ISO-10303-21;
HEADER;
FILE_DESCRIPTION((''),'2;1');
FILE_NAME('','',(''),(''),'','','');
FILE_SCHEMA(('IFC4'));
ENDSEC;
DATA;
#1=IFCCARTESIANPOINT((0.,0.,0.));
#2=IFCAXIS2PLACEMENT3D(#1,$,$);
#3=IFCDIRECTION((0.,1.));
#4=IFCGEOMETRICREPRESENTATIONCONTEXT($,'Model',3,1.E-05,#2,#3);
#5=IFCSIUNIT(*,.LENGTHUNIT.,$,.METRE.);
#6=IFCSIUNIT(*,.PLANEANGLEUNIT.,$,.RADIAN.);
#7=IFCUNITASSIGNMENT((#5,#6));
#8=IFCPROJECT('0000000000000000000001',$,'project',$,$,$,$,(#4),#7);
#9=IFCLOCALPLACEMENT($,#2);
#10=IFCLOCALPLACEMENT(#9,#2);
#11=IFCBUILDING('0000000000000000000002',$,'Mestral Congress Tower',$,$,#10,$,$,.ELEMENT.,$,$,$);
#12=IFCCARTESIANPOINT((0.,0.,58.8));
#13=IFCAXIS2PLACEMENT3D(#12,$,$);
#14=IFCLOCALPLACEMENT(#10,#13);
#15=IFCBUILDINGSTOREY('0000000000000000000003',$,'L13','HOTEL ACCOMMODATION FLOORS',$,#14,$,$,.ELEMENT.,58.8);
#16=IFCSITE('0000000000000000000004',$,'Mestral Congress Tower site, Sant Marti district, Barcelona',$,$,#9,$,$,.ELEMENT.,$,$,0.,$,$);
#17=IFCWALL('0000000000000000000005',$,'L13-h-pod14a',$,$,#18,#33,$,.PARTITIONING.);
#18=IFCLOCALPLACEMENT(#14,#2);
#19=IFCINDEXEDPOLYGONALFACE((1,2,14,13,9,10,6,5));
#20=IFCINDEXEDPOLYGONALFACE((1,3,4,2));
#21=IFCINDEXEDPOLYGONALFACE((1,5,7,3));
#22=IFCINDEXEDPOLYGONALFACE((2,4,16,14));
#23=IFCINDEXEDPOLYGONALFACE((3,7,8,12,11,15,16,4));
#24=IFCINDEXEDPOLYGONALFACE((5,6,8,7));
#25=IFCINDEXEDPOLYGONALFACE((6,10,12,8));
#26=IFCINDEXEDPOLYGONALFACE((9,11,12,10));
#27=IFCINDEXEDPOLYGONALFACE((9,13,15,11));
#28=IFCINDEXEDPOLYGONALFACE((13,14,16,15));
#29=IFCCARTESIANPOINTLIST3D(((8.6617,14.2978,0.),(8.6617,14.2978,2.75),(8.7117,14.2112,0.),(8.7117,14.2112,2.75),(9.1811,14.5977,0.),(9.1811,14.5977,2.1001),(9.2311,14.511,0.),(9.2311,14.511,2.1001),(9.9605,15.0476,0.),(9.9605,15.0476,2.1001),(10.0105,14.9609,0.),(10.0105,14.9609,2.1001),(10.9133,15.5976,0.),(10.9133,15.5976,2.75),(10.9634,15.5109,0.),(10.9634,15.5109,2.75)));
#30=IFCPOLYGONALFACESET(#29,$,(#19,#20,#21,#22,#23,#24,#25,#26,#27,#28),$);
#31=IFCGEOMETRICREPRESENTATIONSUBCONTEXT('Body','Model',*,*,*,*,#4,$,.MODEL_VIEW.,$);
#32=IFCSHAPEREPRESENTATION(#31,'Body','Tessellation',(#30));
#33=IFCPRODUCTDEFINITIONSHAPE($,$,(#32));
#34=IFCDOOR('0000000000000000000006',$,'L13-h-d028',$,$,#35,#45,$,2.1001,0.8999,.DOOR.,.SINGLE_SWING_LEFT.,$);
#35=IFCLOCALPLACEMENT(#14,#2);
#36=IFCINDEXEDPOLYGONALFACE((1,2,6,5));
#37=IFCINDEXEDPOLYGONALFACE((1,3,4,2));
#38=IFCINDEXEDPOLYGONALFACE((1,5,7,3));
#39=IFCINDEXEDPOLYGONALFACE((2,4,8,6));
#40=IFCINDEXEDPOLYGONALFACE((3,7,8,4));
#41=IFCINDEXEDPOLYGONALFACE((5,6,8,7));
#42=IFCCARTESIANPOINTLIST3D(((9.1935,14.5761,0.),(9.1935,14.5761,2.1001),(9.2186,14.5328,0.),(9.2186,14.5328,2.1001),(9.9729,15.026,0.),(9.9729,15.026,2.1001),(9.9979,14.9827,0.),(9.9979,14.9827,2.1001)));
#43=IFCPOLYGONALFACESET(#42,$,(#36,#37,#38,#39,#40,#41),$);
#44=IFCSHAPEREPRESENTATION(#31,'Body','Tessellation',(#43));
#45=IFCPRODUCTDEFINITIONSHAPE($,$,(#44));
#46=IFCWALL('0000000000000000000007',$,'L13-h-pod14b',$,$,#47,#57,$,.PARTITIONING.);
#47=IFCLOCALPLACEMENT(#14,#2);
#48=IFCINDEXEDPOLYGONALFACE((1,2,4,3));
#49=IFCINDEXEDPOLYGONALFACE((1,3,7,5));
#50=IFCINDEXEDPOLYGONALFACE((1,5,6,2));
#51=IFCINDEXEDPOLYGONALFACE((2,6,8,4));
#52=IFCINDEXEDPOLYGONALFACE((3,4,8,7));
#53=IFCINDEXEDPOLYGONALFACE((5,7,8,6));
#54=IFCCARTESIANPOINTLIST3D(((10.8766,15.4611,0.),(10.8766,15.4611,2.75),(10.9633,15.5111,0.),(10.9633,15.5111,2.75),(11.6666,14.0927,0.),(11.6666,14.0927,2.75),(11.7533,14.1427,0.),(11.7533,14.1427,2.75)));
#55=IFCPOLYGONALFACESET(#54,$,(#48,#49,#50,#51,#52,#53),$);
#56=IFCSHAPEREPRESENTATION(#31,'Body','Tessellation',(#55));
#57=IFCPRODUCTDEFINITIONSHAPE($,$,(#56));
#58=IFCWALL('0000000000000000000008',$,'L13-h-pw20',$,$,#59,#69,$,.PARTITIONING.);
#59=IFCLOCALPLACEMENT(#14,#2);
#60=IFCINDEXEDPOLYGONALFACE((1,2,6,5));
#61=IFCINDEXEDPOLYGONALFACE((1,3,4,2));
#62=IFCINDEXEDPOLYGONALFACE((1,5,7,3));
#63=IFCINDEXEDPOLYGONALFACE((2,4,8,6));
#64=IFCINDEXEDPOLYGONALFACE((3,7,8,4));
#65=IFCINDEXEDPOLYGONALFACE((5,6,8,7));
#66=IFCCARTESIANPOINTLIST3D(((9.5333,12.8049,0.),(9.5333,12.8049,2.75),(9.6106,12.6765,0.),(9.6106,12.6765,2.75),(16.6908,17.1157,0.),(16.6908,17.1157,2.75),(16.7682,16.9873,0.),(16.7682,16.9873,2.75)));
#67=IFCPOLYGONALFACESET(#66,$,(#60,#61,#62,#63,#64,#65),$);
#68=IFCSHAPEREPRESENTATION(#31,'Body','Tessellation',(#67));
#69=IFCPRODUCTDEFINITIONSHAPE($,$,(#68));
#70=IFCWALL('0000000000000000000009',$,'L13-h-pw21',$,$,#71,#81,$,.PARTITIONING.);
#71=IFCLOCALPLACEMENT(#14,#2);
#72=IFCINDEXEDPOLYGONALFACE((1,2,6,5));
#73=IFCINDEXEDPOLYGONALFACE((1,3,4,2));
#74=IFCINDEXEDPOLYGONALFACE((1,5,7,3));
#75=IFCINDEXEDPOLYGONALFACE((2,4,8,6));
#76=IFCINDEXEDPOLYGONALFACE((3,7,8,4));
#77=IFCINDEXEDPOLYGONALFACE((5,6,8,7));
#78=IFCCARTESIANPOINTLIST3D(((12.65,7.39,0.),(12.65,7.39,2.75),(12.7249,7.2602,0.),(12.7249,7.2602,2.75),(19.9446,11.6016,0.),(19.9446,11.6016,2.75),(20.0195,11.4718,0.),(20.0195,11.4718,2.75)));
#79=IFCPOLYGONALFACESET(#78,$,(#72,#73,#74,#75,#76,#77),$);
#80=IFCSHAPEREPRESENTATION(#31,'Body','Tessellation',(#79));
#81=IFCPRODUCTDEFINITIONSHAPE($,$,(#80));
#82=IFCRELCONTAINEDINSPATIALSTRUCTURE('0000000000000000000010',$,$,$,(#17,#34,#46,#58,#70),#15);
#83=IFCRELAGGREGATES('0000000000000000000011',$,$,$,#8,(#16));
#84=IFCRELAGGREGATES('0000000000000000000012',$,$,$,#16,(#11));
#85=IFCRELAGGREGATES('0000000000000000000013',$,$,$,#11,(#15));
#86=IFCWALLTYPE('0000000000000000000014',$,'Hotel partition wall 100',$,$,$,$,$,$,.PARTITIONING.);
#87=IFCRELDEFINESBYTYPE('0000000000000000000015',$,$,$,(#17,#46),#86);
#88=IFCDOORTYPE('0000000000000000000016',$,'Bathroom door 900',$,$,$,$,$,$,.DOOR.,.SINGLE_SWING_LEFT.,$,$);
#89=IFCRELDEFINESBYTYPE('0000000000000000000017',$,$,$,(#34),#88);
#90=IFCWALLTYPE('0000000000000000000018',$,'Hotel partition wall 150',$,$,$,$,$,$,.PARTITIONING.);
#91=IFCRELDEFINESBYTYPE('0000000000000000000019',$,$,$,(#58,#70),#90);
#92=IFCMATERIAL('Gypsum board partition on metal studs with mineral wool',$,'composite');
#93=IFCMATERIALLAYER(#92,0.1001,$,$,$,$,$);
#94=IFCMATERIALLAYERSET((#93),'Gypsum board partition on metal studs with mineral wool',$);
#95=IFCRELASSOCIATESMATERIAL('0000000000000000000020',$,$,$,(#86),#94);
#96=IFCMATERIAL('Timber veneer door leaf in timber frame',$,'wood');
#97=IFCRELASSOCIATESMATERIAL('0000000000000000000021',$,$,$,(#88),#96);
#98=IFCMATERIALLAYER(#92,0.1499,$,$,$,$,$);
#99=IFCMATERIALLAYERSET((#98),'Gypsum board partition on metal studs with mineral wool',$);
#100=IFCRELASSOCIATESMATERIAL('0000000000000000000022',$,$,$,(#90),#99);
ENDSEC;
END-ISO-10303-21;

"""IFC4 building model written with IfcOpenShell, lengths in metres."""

from ifc_helpers import new_model, si_unit, direction, frame, frame_2d, origin, place, context, subcontext, project, spatial, rectangle, extrude, material, layer, layer_set, type_object, element, fill, save


model = new_model("IFC4")

# Units and contexts
model_context = context("Model", 3, precision=1e-05, world=origin(), true_north=direction((0.0, 1.0)))
body_context = subcontext(model_context, "Body", "Model", "MODEL_VIEW")
ifc_project = project(units=[si_unit("LENGTHUNIT", "METRE"), si_unit("PLANEANGLEUNIT", "RADIAN")], contexts=[model_context])

# Site, building, storey
site_placement = place(None, origin())
site = spatial("IfcSite", under=ifc_project, at=site_placement, Name="Mestral Congress Tower site, Sant Marti district, Barcelona", CompositionType="ELEMENT", RefElevation=0.0)
building_placement = place(site_placement, origin())
building = spatial("IfcBuilding", under=site, at=building_placement, Name="Mestral Congress Tower", CompositionType="ELEMENT")
storey_placement = place(building_placement, frame((0.0, 0.0, 58.8)))
storey = spatial("IfcBuildingStorey", under=building, at=storey_placement, Name="L13", Description="HOTEL ACCOMMODATION FLOORS", CompositionType="ELEMENT", Elevation=58.8)

# Shared definitions
ifc_material_1 = material(Name="Gypsum board partition on metal studs with mineral wool", Category="composite")
ifc_layer_1 = layer(ifc_material_1, 0.1001)
ifc_layer_set_1 = layer_set([ifc_layer_1], Name="Gypsum board partition on metal studs with mineral wool")
wall_type_1 = type_object("IfcWallType", Name="Hotel partition wall 100", PredefinedType="PARTITIONING", material=ifc_layer_set_1)

# Wall, opening, door
wall_1_placement = place(storey_placement, frame((10.9382, 15.5542, 0.0), z_axis=(0.0, 0.0, 1.0), x_axis=(-0.866062, -0.499937, 0.0)))
wall_1 = element("IfcWall", 1, at=wall_1_placement, inside=storey, type_object=wall_type_1, Name="L13-h-pod14a", PredefinedType="PARTITIONING", context=body_context, shape_type="SweptSolid", body=[
    extrude(rectangle(XDim=2.5999, YDim=0.1001, at=frame_2d((1.2998, 0.0))), origin(), (0.0, 0.0, 1.0), 2.75),
])
opening_1_placement = place(wall_1_placement, frame((1.1001, 0.0, 0.0)))
opening_1 = element("IfcOpeningElement", 2, at=opening_1_placement, cuts=wall_1, PredefinedType="OPENING", context=body_context, shape_type="SweptSolid", body=[
    extrude(rectangle(XDim=0.8999, YDim=2.1001, at=frame_2d((0.45, 1.05))), frame((0.0, 0.0601, 0.0), z_axis=(0.0, -1.0, 0.0), x_axis=(1.0, 0.0, 0.0)), (0.0, 0.0, 1.0), 0.1201),
])
ifc_material_2 = material(Name="Timber veneer door leaf in timber frame", Category="wood")
door_type = type_object("IfcDoorType", Name="Bathroom door 900", OperationType="SINGLE_SWING_LEFT", PredefinedType="DOOR", material=ifc_material_2)
door_placement = place(opening_1_placement, origin())
door = element("IfcDoor", 3, at=door_placement, inside=storey, type_object=door_type, Name="L13-h-d028", OperationType="SINGLE_SWING_LEFT", OverallHeight=2.1001, OverallWidth=0.8999, PredefinedType="DOOR", context=body_context, shape_type="SweptSolid", body=[
    extrude(rectangle(XDim=0.8999, YDim=2.1001, at=frame_2d((0.45, 1.05))), frame((0.0, 0.0249, 0.0), z_axis=(0.0, -1.0, 0.0), x_axis=(1.0, 0.0, 0.0)), (0.0, 0.0, 1.0), 0.05),
])
fill(opening_1, door)

# Walls
wall_2_placement = place(storey_placement, frame((10.9199, 15.4861, 0.0), z_axis=(0.0, 0.0, 1.0), x_axis=(0.499994, -0.866029, 0.0)))
element("IfcWall", 4, at=wall_2_placement, inside=storey, type_object=wall_type_1, Name="L13-h-pod14b", PredefinedType="PARTITIONING", context=body_context, shape_type="SweptSolid", body=[
    extrude(rectangle(XDim=1.5801, YDim=0.1001, at=frame_2d((0.79, 0.0))), origin(), (0.0, 0.0, 1.0), 2.75),
])
ifc_layer_2 = layer(ifc_material_1, 0.1499)
ifc_layer_set_2 = layer_set([ifc_layer_2], Name="Gypsum board partition on metal studs with mineral wool")
wall_type_2 = type_object("IfcWallType", Name="Hotel partition wall 150", PredefinedType="PARTITIONING", material=ifc_layer_set_2)
wall_3_placement = place(storey_placement, frame((16.7295, 17.0515, 0.0), z_axis=(0.0, 0.0, 1.0), x_axis=(-0.856631, -0.51593, 0.0)))
element("IfcWall", 5, at=wall_3_placement, inside=storey, type_object=wall_type_2, Name="L13-h-pw20", PredefinedType="PARTITIONING", context=body_context, shape_type="SweptSolid", body=[
    extrude(rectangle(XDim=8.3555, YDim=0.1499, at=frame_2d((4.1777, 0.0))), origin(), (0.0, 0.0, 1.0), 2.75),
])
wall_4_placement = place(storey_placement, frame((19.9819, 11.5366, 0.0), z_axis=(0.0, 0.0, 1.0), x_axis=(-0.866021, -0.500008, 0.0)))
element("IfcWall", 6, at=wall_4_placement, inside=storey, type_object=wall_type_2, Name="L13-h-pw21", PredefinedType="PARTITIONING", context=body_context, shape_type="SweptSolid", body=[
    extrude(rectangle(XDim=8.4231, YDim=0.1499, at=frame_2d((4.2114, 0.0))), origin(), (0.0, 0.0, 1.0), 2.75),
])

save(model, "model.ifc")
